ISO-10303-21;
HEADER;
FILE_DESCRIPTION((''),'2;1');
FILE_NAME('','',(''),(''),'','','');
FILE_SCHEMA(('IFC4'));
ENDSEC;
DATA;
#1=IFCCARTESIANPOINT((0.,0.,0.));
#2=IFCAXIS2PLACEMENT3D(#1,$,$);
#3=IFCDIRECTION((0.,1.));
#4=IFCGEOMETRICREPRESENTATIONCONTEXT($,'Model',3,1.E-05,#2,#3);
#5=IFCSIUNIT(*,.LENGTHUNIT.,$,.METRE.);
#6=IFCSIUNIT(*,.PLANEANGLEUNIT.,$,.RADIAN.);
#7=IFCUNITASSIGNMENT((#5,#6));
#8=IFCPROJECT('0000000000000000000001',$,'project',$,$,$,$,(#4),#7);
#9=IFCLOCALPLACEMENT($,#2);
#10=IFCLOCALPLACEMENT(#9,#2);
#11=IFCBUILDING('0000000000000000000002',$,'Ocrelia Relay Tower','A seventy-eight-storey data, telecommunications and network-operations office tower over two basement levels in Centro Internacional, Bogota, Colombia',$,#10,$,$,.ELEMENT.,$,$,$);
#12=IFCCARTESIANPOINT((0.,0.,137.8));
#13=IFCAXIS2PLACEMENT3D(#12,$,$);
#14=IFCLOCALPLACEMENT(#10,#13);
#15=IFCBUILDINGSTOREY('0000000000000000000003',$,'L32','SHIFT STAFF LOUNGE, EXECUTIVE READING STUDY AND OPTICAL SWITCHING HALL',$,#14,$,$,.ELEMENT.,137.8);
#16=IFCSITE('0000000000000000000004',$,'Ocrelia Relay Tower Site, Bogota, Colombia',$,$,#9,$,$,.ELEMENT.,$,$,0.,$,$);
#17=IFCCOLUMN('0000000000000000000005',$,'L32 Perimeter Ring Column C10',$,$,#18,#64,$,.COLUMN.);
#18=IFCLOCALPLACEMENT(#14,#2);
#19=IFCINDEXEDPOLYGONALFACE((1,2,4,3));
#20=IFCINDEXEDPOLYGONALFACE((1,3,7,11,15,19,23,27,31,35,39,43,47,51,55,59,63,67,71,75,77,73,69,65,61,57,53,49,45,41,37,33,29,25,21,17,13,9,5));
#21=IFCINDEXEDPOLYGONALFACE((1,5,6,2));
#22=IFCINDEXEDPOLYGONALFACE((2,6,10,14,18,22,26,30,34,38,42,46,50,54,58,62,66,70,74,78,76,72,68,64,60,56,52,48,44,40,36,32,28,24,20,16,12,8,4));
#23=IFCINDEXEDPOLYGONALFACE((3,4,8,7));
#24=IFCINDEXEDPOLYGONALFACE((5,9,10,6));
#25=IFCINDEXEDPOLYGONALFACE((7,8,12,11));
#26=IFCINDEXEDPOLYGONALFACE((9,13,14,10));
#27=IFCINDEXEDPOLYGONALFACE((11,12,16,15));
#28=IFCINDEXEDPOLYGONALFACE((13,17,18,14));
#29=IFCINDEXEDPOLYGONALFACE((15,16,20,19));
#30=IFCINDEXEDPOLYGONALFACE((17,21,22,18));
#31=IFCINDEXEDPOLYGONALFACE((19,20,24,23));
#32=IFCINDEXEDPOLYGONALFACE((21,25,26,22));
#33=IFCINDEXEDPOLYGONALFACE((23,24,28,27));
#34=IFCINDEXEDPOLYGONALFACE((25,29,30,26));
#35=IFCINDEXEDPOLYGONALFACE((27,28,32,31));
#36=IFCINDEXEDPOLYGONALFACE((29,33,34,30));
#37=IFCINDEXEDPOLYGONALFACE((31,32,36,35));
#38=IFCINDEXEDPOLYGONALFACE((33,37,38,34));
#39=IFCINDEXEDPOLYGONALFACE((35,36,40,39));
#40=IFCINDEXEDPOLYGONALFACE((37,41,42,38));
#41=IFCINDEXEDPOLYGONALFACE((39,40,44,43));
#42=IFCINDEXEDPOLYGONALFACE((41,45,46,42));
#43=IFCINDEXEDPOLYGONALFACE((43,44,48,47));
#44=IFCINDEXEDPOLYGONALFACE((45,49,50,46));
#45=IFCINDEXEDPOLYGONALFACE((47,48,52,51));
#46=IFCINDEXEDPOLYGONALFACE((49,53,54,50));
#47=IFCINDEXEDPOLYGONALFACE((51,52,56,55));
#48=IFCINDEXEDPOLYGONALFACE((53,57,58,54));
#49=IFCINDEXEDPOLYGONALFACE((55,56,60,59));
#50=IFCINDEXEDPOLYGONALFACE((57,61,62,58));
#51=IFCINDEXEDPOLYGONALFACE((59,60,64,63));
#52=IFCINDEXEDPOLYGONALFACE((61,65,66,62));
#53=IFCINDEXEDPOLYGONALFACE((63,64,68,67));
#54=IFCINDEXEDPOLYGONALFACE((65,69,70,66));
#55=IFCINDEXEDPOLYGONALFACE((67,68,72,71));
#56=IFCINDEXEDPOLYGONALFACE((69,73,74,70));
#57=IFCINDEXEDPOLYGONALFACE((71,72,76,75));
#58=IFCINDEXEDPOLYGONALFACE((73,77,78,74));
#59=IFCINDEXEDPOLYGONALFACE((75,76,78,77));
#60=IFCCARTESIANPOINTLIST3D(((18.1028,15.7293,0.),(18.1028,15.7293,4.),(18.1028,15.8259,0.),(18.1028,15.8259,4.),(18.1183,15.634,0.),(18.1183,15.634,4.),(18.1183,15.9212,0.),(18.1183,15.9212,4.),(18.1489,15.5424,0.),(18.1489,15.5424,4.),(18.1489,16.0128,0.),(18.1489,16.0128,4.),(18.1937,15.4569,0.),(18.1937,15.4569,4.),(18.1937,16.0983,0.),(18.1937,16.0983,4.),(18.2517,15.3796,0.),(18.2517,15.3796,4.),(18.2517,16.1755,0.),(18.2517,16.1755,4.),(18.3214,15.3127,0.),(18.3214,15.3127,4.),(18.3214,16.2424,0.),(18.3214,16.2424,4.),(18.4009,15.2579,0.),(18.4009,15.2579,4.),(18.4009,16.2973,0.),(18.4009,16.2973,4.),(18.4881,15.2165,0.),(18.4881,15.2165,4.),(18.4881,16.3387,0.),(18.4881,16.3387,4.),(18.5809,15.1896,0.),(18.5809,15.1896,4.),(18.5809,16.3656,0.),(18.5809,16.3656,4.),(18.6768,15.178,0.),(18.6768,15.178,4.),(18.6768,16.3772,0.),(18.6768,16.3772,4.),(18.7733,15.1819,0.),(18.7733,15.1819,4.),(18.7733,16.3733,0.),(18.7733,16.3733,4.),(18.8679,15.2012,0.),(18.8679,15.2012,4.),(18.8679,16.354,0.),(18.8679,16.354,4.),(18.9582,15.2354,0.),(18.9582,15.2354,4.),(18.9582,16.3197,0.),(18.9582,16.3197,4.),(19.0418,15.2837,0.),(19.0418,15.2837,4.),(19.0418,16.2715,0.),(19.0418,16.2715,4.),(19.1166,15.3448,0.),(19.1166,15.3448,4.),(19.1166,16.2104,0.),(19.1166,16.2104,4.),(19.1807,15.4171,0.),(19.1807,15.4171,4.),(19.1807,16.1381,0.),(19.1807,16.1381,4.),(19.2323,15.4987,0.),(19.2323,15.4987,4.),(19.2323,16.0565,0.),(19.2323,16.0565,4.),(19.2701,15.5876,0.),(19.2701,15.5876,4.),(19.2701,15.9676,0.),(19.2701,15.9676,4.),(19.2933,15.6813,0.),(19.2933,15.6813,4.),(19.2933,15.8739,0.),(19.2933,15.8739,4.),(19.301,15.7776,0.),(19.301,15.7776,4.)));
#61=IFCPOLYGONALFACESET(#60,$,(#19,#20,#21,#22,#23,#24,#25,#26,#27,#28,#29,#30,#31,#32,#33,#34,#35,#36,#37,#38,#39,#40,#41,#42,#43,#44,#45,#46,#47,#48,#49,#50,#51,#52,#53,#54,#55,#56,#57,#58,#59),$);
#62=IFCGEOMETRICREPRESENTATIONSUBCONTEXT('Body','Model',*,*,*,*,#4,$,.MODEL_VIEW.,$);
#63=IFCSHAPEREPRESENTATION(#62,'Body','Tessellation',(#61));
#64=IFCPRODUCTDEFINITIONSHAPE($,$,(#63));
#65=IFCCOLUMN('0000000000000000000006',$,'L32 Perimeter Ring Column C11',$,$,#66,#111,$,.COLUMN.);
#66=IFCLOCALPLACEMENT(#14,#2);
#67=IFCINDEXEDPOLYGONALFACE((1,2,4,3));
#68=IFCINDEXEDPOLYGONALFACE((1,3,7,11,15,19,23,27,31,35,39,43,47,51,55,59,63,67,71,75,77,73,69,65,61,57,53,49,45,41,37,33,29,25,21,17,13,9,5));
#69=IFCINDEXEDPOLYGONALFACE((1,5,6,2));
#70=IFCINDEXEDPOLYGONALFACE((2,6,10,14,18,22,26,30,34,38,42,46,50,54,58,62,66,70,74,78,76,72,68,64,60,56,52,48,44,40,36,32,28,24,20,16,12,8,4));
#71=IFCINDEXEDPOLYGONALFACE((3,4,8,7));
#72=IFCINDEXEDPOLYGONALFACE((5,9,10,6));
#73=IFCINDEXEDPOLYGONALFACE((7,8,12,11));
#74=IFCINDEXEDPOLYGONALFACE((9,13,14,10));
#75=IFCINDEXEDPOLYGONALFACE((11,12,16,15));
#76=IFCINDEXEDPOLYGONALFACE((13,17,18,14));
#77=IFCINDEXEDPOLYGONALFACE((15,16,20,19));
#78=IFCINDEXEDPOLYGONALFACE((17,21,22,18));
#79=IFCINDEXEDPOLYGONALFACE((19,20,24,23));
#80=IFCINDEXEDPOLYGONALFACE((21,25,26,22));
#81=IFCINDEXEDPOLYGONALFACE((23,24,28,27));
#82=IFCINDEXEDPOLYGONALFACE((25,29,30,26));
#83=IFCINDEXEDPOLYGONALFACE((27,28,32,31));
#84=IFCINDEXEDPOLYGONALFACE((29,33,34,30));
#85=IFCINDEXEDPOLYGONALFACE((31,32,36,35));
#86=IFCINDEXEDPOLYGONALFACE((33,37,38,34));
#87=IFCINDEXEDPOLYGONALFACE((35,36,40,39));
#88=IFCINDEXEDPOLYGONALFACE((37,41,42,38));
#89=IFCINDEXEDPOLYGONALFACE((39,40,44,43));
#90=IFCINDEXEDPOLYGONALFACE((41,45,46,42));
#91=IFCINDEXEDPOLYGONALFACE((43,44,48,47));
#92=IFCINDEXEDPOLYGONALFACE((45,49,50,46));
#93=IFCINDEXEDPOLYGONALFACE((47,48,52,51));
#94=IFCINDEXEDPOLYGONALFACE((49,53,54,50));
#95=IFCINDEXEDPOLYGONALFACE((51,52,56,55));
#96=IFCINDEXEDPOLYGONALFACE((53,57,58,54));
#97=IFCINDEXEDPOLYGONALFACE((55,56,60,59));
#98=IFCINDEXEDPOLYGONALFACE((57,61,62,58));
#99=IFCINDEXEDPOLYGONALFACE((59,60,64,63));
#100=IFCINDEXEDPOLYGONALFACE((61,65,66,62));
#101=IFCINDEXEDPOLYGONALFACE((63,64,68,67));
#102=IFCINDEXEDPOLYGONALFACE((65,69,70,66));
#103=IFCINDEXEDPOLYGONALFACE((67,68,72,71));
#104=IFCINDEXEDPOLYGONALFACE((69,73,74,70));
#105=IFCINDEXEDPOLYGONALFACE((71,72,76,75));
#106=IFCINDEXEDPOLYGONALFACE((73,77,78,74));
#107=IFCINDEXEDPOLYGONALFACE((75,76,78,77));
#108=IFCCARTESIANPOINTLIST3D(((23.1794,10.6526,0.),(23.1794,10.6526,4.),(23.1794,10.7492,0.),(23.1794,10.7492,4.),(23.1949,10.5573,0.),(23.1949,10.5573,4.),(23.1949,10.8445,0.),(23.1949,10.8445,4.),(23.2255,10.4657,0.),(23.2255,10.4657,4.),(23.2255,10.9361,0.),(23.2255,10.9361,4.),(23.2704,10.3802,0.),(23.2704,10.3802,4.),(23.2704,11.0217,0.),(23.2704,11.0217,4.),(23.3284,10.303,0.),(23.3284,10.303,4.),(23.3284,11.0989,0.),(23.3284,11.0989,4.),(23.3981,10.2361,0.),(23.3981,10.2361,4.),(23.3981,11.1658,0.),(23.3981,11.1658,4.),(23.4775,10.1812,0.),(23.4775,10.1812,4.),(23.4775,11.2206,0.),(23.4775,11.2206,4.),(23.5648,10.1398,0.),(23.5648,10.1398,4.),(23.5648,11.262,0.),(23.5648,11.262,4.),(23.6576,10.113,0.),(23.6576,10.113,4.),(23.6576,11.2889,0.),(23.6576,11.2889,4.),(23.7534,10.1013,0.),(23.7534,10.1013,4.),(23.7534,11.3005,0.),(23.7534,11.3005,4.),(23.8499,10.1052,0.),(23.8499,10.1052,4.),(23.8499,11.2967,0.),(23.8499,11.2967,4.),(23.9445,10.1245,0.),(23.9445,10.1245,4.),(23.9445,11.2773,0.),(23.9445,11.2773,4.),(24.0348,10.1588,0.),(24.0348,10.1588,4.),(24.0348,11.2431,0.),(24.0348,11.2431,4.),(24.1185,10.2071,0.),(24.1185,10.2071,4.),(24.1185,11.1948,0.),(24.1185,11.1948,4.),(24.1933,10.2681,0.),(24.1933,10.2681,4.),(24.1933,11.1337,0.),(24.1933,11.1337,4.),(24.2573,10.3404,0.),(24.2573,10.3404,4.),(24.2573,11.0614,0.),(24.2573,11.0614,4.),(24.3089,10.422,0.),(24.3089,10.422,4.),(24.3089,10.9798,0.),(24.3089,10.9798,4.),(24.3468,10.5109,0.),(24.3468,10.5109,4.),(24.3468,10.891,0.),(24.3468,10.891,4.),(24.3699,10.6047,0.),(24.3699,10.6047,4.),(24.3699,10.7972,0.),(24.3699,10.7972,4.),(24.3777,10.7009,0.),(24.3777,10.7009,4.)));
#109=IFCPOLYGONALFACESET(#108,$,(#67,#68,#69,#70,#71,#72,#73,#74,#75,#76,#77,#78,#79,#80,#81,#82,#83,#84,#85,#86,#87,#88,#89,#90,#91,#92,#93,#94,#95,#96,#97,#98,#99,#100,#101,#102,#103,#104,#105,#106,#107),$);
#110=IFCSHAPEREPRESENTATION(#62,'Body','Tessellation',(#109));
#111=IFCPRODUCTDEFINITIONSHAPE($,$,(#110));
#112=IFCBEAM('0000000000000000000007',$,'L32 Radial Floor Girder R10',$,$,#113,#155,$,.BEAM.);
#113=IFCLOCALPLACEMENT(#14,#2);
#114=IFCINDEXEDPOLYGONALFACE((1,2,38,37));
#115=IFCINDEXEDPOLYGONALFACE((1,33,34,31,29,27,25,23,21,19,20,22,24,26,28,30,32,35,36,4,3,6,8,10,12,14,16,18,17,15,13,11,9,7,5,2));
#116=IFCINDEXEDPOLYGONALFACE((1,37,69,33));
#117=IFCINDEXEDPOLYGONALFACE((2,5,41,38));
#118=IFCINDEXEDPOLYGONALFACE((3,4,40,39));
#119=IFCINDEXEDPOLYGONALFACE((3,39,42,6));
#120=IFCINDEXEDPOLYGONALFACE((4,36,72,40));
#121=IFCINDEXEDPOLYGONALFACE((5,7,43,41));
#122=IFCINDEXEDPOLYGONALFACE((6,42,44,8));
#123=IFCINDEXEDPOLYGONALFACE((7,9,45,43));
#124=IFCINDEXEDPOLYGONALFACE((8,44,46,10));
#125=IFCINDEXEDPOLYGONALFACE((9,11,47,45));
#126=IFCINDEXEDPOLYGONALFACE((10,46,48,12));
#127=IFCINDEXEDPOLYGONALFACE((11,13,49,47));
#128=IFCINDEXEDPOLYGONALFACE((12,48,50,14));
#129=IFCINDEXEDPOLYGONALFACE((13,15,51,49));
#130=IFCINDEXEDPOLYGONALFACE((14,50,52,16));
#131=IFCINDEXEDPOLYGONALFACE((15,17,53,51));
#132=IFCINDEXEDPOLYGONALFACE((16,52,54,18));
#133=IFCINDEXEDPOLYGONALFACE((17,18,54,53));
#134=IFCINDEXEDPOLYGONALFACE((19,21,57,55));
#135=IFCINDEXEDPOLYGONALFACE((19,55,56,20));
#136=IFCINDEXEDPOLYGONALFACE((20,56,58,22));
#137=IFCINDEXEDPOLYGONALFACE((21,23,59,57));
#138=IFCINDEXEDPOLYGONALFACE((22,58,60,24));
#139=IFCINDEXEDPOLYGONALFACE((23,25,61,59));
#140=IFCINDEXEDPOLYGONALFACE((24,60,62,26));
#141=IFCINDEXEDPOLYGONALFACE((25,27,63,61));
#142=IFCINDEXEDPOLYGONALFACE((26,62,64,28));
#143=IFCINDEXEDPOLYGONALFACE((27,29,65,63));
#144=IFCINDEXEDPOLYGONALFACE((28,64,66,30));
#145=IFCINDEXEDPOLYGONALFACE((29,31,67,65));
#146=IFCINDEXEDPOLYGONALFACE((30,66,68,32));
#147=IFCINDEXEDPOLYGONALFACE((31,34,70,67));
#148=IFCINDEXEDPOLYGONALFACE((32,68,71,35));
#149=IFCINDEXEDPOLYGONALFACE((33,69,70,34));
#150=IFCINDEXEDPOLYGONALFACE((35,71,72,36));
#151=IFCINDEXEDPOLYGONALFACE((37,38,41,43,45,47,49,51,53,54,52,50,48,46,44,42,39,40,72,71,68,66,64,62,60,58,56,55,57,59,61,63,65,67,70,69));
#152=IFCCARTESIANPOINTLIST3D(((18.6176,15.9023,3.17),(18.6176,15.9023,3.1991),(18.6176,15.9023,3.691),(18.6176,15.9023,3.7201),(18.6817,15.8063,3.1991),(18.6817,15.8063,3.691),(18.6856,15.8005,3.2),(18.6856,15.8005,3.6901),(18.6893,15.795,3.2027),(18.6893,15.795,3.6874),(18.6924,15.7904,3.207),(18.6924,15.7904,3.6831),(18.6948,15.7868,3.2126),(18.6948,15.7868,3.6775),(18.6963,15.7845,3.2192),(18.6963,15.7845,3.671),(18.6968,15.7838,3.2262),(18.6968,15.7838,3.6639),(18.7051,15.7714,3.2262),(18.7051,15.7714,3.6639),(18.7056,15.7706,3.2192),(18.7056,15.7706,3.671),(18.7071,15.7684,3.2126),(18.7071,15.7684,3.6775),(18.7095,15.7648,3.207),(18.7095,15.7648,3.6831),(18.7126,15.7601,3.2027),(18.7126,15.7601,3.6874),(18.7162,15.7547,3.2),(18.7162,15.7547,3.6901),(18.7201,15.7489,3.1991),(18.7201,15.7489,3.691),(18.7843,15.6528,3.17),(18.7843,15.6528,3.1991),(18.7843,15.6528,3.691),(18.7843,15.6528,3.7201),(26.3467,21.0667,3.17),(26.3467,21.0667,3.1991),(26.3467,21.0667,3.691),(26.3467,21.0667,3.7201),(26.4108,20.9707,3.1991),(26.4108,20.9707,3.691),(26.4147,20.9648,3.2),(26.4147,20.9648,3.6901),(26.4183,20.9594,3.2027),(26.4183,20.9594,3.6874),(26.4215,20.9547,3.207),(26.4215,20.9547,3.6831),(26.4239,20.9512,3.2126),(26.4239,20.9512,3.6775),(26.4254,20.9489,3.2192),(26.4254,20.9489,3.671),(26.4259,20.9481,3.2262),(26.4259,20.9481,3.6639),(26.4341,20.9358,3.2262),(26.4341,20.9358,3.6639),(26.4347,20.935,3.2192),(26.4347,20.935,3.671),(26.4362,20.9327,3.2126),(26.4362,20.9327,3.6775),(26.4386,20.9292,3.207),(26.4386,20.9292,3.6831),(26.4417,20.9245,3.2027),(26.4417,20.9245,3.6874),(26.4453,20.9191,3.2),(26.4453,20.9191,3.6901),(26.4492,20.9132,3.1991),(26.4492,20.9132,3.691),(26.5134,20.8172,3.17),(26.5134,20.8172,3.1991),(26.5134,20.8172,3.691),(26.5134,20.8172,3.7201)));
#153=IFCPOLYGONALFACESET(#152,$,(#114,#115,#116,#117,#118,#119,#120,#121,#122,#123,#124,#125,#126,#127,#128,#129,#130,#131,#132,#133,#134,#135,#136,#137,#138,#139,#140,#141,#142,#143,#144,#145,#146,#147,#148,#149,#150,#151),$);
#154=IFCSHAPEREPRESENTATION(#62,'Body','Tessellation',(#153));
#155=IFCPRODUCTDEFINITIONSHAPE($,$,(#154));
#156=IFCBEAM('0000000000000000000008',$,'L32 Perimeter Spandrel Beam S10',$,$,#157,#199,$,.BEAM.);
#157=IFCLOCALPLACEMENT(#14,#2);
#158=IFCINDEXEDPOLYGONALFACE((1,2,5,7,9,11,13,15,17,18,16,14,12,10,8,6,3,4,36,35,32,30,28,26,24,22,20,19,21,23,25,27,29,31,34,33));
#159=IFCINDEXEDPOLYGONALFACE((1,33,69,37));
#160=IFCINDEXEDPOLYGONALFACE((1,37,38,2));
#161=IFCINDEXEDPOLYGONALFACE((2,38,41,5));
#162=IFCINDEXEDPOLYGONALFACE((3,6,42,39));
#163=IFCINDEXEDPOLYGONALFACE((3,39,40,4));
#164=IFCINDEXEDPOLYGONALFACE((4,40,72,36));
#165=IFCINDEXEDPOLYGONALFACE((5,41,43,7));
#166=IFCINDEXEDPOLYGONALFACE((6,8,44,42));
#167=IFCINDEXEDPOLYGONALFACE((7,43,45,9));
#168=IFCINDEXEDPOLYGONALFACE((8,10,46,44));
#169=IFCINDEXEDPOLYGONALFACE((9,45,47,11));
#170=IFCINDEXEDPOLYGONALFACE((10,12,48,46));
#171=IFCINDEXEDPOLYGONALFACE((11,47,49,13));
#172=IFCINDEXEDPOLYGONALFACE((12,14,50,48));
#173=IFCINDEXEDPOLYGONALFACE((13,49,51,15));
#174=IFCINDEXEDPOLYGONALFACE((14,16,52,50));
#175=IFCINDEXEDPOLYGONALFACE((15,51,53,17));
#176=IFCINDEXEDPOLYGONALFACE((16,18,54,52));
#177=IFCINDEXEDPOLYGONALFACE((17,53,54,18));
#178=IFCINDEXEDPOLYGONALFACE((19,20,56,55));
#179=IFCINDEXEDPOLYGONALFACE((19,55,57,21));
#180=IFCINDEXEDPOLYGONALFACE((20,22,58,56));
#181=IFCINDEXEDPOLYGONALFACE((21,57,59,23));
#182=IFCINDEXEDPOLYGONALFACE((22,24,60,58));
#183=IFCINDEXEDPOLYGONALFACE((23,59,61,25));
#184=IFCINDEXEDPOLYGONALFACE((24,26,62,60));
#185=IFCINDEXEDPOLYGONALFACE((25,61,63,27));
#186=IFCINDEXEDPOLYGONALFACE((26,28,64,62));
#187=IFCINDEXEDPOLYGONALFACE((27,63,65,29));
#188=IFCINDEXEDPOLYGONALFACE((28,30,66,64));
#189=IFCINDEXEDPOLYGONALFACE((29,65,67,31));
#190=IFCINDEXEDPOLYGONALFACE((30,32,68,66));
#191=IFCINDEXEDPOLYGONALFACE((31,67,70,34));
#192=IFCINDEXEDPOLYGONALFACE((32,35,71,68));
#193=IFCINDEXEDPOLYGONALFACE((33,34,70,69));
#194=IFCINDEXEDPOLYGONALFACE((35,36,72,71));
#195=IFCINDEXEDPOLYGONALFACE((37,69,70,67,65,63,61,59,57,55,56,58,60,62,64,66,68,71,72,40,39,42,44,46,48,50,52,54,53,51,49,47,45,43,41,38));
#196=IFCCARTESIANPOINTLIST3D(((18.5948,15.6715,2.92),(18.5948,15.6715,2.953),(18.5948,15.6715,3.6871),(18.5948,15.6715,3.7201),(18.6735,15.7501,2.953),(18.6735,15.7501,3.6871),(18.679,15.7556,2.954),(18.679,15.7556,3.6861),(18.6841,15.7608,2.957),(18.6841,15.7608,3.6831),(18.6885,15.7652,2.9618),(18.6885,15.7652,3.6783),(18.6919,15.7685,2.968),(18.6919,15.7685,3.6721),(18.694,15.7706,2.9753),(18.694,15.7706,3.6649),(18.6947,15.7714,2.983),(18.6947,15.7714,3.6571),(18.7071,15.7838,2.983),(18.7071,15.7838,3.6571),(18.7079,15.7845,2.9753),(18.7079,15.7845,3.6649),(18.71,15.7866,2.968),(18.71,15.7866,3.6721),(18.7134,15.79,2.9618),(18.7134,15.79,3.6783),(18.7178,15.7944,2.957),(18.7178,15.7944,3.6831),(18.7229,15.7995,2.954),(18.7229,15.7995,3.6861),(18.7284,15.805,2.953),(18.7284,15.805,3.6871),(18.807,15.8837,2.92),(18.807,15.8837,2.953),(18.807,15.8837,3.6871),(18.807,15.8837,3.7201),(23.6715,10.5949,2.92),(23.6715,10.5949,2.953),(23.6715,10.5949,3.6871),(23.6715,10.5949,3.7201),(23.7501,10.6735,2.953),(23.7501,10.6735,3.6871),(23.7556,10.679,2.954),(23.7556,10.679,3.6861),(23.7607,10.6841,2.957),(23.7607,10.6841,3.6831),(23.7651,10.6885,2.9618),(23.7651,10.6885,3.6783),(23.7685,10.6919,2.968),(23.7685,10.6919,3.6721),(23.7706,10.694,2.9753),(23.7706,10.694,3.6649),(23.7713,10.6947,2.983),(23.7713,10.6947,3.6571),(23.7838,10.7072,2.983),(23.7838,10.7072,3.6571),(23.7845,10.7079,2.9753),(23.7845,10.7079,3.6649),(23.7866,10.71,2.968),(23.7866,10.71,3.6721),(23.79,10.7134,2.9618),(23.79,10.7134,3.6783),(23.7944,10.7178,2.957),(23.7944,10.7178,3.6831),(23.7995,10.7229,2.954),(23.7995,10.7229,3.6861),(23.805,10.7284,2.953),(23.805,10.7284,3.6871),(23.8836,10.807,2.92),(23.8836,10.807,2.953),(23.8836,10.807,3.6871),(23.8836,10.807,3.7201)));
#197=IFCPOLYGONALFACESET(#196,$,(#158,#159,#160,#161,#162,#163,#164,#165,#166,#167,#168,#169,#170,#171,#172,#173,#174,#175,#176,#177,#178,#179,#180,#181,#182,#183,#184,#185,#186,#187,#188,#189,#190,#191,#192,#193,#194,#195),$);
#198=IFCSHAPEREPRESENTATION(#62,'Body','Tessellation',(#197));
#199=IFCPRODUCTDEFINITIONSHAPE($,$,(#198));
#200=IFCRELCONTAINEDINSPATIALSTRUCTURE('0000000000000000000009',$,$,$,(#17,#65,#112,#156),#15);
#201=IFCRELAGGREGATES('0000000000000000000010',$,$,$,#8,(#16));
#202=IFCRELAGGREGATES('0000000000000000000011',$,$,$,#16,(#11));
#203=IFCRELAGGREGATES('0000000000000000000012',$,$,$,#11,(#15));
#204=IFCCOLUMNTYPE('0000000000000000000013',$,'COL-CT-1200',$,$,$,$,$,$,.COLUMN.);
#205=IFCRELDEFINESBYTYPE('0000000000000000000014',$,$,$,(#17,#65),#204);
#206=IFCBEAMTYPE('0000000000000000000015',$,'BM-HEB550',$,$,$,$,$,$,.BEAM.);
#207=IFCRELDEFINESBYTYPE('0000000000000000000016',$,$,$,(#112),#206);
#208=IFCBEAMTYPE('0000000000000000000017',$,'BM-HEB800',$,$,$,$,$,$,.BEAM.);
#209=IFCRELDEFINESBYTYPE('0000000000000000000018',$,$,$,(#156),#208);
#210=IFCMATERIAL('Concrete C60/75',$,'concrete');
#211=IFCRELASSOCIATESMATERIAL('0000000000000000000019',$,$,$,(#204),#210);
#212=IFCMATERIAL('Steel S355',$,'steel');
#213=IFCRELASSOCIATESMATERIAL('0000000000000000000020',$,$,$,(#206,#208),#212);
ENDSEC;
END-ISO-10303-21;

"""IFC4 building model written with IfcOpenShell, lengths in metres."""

from ifc_helpers import new_model, si_unit, direction, frame, origin, origin_2d, place, context, subcontext, project, spatial, circle, i_section, extrude, material, material_profile, profile_set, type_object, element, save


model = new_model("IFC4")

# Units and contexts
model_context = context("Model", 3, precision=1e-05, world=origin(), true_north=direction((0.0, 1.0)))
body_context = subcontext(model_context, "Body", "Model", "MODEL_VIEW")
ifc_project = project(units=[si_unit("LENGTHUNIT", "METRE"), si_unit("PLANEANGLEUNIT", "RADIAN")], contexts=[model_context])

# Site, building, storey
site_placement = place(None, origin())
site = spatial("IfcSite", under=ifc_project, at=site_placement, Name="Ocrelia Relay Tower Site, Bogota, Colombia", CompositionType="ELEMENT", RefElevation=0.0)
building_placement = place(site_placement, origin())
building = spatial("IfcBuilding", under=site, at=building_placement, Name="Ocrelia Relay Tower", Description="A seventy-eight-storey data, telecommunications and network-operations office tower over two basement levels in Centro Internacional, Bogota, Colombia", CompositionType="ELEMENT")
storey_placement = place(building_placement, frame((0.0, 0.0, 137.8)))
storey = spatial("IfcBuildingStorey", under=building, at=storey_placement, Name="L32", Description="SHIFT STAFF LOUNGE, EXECUTIVE READING STUDY AND OPTICAL SWITCHING HALL", CompositionType="ELEMENT", Elevation=137.8)

# Columns
ifc_material_1 = material(Name="Concrete C60/75", Category="concrete")
ifc_material_profile_1 = material_profile(ifc_material_1, circle(Radius=0.6001, at=origin_2d()), Name="RC-CIR-1200")
ifc_profile_set_1 = profile_set([ifc_material_profile_1], Name="Concrete C60/75")
column_type = type_object("IfcColumnType", Name="COL-CT-1200", PredefinedType="COLUMN", material=ifc_profile_set_1)
for number, where, z_axis, x_axis, name in (
    (1, (18.7009, 15.7776, 0.0), (0.0, 0.0, 1.0), (1.0, 0.0, 0.0), "L32 Perimeter Ring Column C10"),
    (2, (23.7776, 10.7009, 0.0), (0.0, 0.0, 1.0), (1.0, 0.0, 0.0), "L32 Perimeter Ring Column C11"),
):
    element("IfcColumn", number, at=place(storey_placement, frame(where, z_axis=z_axis, x_axis=x_axis)), inside=storey, type_object=column_type, Name=name, PredefinedType="COLUMN", context=body_context, shape_type="SweptSolid", body=[
        extrude(circle(Radius=0.6001, at=origin_2d()), origin(), (0.0, 0.0, 1.0), 4.0),
    ])

# Beams
ifc_material_2 = material(Name="Steel S355", Category="steel")
ifc_material_profile_2 = material_profile(ifc_material_2, i_section(OverallWidth=0.3, OverallDepth=0.55, WebThickness=0.0149, FlangeThickness=0.0291, FilletRadius=0.0271, at=origin_2d()), Name="HEB 550")
ifc_profile_set_2 = profile_set([ifc_material_profile_2], Name="Steel S355")
beam_type_1 = type_object("IfcBeamType", Name="BM-HEB550", PredefinedType="BEAM", material=ifc_profile_set_2)
beam_1_placement = place(storey_placement, frame((18.7009, 15.7776, 3.4451), z_axis=(0.831472, 0.555567, 0.0), x_axis=(-0.555567, 0.831472, 0.0)))
element("IfcBeam", 3, at=beam_1_placement, inside=storey, type_object=beam_type_1, Name="L32 Radial Floor Girder R10", PredefinedType="BEAM", context=body_context, shape_type="SweptSolid", body=[
    extrude(i_section(OverallWidth=0.3, OverallDepth=0.55, WebThickness=0.0149, FlangeThickness=0.0291, FilletRadius=0.0271, at=origin_2d()), origin(), (0.0, 0.0, 1.0), 9.2957),
])
ifc_material_profile_3 = material_profile(ifc_material_2, i_section(OverallWidth=0.3, OverallDepth=0.8, WebThickness=0.0176, FlangeThickness=0.033, FilletRadius=0.03, at=origin_2d()), Name="HEB 800")
ifc_profile_set_3 = profile_set([ifc_material_profile_3], Name="Steel S355")
beam_type_2 = type_object("IfcBeamType", Name="BM-HEB800", PredefinedType="BEAM", material=ifc_profile_set_3)
beam_2_placement = place(storey_placement, frame((18.7009, 15.7776, 3.3201), z_axis=(0.707107, -0.707107, 0.0), x_axis=(0.707107, 0.707107, 0.0)))
element("IfcBeam", 4, at=beam_2_placement, inside=storey, type_object=beam_type_2, Name="L32 Perimeter Spandrel Beam S10", PredefinedType="BEAM", context=body_context, shape_type="SweptSolid", body=[
    extrude(i_section(OverallWidth=0.3, OverallDepth=0.8, WebThickness=0.0176, FlangeThickness=0.033, FilletRadius=0.03, at=origin_2d()), origin(), (0.0, 0.0, 1.0), 7.1794),
])

save(model, "model.ifc")
